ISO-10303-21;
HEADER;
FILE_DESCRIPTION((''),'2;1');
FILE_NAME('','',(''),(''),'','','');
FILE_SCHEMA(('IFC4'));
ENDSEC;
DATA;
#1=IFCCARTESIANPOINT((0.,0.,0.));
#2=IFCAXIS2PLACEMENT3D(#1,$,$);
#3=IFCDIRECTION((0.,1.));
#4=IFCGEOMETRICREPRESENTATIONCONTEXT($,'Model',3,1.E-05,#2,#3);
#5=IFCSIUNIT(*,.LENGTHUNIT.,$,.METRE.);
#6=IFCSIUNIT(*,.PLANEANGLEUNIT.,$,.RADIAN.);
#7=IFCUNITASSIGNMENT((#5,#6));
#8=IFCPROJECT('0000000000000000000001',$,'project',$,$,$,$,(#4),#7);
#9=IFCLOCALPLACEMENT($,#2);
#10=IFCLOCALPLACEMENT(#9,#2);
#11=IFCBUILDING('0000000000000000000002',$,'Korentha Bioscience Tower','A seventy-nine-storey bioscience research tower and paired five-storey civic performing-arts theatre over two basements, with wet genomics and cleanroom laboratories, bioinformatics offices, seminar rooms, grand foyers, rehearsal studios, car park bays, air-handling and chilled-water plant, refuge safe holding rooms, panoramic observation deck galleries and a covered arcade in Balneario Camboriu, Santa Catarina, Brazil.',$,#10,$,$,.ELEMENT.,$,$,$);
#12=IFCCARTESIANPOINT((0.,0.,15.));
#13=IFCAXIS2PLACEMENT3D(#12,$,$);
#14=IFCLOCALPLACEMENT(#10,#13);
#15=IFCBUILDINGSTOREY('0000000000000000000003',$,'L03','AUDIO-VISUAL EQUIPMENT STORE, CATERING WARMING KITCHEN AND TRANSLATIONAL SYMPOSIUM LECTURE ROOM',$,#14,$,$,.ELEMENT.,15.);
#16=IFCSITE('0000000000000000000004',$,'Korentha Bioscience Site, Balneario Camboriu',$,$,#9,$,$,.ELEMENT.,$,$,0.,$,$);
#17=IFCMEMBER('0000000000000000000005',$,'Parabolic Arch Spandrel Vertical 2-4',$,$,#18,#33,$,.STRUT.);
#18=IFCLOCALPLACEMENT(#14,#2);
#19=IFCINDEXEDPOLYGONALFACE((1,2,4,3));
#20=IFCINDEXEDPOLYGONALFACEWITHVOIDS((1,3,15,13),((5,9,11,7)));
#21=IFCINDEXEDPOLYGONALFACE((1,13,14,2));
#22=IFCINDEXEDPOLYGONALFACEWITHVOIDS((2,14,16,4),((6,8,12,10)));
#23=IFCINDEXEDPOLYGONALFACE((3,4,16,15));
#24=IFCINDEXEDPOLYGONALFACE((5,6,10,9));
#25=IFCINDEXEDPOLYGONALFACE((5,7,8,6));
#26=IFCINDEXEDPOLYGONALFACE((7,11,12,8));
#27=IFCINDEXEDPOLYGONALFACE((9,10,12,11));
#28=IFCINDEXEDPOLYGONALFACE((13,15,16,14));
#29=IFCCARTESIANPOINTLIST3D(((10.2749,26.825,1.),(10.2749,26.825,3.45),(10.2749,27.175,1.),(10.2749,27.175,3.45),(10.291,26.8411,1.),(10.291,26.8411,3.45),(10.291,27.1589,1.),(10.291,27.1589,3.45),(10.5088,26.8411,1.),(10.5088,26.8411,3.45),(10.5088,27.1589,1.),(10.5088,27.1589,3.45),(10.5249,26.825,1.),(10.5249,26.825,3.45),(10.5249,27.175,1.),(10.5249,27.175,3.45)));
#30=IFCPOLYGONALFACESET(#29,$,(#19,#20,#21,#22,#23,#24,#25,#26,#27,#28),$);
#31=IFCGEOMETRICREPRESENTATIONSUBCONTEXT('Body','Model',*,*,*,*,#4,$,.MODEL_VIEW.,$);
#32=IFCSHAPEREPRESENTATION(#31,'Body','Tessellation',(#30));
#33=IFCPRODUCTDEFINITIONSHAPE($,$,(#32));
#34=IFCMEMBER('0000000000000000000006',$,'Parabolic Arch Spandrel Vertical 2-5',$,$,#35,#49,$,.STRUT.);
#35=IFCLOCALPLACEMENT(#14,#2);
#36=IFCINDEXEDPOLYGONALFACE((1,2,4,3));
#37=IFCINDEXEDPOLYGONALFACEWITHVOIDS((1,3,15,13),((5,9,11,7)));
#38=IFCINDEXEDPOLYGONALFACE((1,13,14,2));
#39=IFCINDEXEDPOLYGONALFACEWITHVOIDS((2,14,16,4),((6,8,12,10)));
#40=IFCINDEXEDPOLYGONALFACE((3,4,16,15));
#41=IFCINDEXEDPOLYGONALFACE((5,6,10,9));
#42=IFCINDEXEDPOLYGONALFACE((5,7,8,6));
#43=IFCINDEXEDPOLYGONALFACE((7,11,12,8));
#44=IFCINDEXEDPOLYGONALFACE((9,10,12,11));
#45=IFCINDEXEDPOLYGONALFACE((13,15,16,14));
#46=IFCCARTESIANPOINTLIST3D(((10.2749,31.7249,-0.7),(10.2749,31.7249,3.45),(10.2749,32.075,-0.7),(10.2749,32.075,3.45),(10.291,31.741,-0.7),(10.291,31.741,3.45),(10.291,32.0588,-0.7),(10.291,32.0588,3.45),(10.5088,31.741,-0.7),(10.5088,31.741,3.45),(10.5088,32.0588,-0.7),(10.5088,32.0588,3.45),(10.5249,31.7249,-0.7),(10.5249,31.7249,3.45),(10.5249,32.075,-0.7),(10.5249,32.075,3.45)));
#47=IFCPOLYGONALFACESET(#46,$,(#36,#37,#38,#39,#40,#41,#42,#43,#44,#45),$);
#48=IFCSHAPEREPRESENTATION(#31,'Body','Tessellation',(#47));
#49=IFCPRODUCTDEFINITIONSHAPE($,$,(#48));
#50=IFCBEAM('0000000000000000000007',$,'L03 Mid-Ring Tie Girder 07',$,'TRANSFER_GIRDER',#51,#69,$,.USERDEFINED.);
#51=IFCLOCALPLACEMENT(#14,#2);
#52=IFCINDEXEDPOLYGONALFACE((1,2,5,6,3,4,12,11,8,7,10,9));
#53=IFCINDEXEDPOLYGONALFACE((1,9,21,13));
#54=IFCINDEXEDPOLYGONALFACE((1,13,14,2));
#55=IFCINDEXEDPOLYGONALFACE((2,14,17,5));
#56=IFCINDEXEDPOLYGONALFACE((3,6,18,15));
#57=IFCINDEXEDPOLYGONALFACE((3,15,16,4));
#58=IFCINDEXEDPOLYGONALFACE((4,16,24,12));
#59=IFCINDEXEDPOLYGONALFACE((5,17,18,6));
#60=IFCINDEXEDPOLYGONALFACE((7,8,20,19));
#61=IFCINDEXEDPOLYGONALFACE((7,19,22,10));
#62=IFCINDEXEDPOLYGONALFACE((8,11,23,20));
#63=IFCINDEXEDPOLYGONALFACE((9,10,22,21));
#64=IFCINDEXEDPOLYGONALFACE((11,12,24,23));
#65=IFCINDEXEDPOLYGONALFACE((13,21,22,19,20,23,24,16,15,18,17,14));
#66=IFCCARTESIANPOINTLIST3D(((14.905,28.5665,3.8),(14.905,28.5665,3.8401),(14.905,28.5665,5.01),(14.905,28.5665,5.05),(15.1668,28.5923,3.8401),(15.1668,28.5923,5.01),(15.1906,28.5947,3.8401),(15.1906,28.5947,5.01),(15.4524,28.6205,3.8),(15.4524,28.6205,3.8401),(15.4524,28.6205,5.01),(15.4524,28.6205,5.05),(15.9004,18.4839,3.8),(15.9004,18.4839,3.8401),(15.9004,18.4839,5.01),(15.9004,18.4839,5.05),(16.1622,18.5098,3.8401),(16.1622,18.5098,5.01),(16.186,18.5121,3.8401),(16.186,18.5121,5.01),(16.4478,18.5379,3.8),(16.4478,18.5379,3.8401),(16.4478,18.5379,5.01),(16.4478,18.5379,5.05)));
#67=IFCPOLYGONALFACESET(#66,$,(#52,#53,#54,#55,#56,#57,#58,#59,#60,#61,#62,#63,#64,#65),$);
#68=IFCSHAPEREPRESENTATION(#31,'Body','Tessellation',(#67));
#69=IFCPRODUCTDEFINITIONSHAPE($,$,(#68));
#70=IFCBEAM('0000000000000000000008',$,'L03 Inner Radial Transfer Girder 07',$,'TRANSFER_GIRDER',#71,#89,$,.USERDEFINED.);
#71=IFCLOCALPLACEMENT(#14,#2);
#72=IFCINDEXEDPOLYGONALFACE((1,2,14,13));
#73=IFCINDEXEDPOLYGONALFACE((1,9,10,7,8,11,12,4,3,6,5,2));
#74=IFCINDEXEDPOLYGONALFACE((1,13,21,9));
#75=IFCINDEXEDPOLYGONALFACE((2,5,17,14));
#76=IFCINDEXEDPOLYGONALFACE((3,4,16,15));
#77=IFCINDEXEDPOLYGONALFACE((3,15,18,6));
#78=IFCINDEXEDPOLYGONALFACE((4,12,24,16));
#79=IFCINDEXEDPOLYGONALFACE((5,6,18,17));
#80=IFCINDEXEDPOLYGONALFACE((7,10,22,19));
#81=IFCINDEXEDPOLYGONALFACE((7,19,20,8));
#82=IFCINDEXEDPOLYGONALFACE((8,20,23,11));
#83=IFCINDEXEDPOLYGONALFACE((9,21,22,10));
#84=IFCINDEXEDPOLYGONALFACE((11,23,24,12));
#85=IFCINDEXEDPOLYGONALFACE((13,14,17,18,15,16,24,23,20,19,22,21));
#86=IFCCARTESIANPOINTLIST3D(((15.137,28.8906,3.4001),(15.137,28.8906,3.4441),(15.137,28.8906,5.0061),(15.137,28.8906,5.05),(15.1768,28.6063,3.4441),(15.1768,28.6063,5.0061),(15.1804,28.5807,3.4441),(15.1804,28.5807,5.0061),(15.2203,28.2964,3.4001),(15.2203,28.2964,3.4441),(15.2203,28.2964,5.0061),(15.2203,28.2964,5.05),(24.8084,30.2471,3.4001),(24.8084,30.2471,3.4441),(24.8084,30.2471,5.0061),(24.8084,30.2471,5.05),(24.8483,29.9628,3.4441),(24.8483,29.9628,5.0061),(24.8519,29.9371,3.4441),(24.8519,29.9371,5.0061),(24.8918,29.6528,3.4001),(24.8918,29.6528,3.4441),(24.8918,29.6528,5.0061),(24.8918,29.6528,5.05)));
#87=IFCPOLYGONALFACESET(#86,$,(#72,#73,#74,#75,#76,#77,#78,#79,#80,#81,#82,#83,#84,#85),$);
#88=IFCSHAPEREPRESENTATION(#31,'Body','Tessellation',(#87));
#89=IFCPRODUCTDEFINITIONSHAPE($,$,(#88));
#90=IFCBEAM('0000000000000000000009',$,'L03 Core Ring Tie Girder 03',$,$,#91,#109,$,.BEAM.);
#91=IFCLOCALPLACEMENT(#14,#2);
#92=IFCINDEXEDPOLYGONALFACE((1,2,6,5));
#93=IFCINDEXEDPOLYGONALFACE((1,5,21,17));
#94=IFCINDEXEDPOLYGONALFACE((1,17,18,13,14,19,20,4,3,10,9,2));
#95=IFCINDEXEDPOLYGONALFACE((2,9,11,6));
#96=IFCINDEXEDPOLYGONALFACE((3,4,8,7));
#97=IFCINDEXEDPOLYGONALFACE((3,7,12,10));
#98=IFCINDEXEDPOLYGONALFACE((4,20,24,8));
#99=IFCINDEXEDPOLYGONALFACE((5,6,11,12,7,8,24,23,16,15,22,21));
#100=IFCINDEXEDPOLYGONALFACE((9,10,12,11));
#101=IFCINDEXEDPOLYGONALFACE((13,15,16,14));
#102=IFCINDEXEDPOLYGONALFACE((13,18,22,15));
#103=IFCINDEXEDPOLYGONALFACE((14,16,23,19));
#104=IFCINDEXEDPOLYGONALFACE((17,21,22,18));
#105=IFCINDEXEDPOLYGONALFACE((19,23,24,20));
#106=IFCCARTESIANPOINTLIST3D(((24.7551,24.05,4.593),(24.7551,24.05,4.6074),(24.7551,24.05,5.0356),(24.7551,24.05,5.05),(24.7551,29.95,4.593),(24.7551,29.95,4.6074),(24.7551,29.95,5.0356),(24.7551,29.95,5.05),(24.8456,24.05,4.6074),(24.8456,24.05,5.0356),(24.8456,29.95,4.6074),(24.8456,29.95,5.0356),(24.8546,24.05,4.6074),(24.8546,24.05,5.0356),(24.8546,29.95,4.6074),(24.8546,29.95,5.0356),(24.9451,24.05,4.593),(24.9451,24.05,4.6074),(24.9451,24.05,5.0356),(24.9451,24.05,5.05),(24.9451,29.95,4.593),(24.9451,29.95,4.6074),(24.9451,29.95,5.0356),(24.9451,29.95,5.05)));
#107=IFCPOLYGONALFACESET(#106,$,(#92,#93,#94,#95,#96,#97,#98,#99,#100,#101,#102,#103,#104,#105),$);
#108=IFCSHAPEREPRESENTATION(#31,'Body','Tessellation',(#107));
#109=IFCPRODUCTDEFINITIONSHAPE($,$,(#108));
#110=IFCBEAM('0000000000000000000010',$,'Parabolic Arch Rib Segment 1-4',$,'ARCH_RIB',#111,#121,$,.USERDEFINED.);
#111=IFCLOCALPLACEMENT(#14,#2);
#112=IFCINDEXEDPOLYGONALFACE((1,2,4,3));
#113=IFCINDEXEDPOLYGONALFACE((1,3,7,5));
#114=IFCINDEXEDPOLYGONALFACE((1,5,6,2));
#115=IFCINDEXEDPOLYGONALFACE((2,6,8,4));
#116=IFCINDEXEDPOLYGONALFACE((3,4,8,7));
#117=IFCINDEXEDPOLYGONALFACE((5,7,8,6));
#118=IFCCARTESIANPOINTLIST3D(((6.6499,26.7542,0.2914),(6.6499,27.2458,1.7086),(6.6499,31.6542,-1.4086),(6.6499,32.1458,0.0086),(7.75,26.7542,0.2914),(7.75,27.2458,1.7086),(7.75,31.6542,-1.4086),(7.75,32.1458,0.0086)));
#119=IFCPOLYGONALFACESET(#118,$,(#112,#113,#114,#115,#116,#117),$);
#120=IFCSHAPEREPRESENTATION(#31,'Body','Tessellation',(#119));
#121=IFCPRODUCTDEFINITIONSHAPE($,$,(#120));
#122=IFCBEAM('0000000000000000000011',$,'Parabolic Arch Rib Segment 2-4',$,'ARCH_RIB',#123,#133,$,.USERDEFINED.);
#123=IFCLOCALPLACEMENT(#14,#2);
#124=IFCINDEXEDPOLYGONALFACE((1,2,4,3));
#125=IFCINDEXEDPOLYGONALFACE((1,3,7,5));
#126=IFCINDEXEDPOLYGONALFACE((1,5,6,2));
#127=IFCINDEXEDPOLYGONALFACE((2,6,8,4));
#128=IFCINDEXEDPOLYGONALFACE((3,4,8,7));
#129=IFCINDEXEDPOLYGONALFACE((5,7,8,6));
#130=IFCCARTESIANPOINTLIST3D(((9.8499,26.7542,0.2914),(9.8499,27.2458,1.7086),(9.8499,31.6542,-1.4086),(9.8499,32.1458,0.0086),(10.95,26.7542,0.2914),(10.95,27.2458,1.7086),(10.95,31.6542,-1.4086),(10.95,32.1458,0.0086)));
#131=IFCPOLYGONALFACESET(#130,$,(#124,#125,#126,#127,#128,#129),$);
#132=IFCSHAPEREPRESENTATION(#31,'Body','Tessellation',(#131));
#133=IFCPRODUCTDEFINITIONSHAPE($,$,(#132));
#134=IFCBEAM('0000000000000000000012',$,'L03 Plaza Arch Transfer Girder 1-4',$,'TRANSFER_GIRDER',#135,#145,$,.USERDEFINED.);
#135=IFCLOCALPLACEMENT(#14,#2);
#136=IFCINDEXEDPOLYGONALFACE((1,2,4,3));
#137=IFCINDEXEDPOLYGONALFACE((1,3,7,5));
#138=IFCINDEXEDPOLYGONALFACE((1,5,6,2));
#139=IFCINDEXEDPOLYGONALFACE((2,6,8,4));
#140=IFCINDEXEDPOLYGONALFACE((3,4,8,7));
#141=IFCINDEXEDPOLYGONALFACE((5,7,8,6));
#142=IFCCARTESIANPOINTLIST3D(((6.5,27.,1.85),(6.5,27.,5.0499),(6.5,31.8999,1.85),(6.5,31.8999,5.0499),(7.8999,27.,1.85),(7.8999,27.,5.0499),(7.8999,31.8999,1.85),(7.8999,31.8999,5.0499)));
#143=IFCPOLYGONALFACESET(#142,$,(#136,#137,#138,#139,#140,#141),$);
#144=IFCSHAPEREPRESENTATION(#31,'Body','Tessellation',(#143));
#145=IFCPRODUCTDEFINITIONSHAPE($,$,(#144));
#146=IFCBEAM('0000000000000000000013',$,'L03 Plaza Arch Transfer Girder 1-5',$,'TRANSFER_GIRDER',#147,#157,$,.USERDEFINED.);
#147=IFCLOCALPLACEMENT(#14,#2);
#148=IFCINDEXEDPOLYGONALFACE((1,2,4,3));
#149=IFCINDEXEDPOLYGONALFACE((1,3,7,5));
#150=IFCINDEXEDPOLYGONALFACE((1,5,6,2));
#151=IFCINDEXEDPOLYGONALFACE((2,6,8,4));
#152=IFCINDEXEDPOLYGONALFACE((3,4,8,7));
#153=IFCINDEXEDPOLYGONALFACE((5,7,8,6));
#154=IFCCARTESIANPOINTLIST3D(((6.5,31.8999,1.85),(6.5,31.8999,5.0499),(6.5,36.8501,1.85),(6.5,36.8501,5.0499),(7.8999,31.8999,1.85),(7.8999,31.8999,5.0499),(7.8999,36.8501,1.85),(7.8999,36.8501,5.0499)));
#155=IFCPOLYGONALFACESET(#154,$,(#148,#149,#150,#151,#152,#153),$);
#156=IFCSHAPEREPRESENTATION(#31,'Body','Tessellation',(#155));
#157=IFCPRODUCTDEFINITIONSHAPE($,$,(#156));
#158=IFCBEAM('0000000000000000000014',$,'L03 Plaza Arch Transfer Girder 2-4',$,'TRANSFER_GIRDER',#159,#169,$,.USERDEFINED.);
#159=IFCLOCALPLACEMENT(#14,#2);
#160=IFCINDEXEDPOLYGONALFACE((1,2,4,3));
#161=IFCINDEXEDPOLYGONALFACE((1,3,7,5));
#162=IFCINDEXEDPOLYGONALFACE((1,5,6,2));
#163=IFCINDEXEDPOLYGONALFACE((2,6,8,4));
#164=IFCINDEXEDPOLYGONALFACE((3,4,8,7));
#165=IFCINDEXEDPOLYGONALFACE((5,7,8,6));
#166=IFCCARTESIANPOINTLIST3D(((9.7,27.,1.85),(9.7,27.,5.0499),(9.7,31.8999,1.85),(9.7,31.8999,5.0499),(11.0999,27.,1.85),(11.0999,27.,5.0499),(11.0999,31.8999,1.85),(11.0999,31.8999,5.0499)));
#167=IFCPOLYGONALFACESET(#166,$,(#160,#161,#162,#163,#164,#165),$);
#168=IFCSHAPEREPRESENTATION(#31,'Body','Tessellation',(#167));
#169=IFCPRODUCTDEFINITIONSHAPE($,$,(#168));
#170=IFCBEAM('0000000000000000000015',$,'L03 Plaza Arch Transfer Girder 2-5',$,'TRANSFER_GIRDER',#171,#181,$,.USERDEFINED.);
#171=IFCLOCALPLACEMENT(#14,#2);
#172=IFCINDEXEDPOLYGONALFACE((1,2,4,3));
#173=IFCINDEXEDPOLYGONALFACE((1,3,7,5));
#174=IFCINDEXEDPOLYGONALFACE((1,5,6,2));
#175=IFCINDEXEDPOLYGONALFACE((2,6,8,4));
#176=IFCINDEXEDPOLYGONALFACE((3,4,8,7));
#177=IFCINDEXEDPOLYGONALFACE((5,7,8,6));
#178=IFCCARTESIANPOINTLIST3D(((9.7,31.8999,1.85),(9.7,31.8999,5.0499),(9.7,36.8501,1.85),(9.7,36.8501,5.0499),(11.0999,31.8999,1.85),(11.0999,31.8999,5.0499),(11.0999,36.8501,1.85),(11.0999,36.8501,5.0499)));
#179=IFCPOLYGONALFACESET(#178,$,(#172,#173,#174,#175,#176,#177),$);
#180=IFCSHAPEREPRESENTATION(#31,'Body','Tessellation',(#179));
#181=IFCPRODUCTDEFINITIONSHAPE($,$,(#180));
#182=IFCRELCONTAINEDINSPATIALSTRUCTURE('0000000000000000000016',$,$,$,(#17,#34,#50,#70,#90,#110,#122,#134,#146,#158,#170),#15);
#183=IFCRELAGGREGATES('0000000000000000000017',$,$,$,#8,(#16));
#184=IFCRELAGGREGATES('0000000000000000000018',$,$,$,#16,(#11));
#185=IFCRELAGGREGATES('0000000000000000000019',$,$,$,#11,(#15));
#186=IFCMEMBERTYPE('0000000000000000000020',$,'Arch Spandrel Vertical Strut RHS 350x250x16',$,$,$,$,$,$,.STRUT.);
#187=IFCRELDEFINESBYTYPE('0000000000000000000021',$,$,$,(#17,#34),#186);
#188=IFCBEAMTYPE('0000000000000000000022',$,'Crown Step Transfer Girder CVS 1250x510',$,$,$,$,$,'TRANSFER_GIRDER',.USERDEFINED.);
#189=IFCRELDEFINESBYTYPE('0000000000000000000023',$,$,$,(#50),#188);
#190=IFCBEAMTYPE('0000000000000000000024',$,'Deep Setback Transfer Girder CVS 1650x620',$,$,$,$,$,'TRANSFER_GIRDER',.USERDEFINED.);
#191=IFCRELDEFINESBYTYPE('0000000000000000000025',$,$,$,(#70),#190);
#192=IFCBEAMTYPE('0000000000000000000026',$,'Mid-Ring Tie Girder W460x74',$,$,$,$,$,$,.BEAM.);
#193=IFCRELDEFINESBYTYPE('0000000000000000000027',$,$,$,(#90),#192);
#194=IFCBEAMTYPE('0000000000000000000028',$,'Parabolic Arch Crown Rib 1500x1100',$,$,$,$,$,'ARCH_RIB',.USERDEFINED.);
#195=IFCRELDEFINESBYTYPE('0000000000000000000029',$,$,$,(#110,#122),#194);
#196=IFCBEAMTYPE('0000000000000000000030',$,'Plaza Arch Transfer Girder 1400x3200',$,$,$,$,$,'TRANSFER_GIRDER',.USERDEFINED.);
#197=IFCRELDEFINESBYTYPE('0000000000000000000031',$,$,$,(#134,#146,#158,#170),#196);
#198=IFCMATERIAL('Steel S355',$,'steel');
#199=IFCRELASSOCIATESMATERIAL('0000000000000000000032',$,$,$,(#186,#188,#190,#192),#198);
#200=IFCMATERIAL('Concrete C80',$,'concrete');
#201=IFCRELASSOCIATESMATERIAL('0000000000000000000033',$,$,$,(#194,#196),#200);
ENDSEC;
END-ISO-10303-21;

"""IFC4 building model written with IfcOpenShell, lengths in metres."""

from ifc_helpers import new_model, si_unit, direction, frame, origin, origin_2d, place, context, subcontext, project, spatial, rectangle, hollow_rectangle, i_section, extrude, material, material_profile, profile_set, type_object, element, save


model = new_model("IFC4")

# Units and contexts
model_context = context("Model", 3, precision=1e-05, world=origin(), true_north=direction((0.0, 1.0)))
body_context = subcontext(model_context, "Body", "Model", "MODEL_VIEW")
ifc_project = project(units=[si_unit("LENGTHUNIT", "METRE"), si_unit("PLANEANGLEUNIT", "RADIAN")], contexts=[model_context])

# Site, building, storey
site_placement = place(None, origin())
site = spatial("IfcSite", under=ifc_project, at=site_placement, Name="Korentha Bioscience Site, Balneario Camboriu", CompositionType="ELEMENT", RefElevation=0.0)
building_placement = place(site_placement, origin())
building = spatial("IfcBuilding", under=site, at=building_placement, Name="Korentha Bioscience Tower", Description="A seventy-nine-storey bioscience research tower and paired five-storey civic performing-arts theatre over two basements, with wet genomics and cleanroom laboratories, bioinformatics offices, seminar rooms, grand foyers, rehearsal studios, car park bays, air-handling and chilled-water plant, refuge safe holding rooms, panoramic observation deck galleries and a covered arcade in Balneario Camboriu, Santa Catarina, Brazil.", CompositionType="ELEMENT")
storey_placement = place(building_placement, frame((0.0, 0.0, 15.0)))
storey = spatial("IfcBuildingStorey", under=building, at=storey_placement, Name="L03", Description="AUDIO-VISUAL EQUIPMENT STORE, CATERING WARMING KITCHEN AND TRANSLATIONAL SYMPOSIUM LECTURE ROOM", CompositionType="ELEMENT", Elevation=15.0)

# Shared definitions
ifc_material_1 = material(Name="Concrete C80", Category="concrete")

# Members
ifc_material_2 = material(Name="Steel S355", Category="steel")
ifc_material_profile_1 = material_profile(ifc_material_2, hollow_rectangle(XDim=0.25, YDim=0.3501, WallThickness=0.0161, at=origin_2d()), Name="Steel S355")
ifc_profile_set_1 = profile_set([ifc_material_profile_1], Name="Steel S355 (BT-P350)")
member_type_1 = type_object("IfcMemberType", Name="Arch Spandrel Vertical Strut RHS 350x250x16", PredefinedType="STRUT", material=ifc_profile_set_1)
member_1_placement = place(storey_placement, frame((10.3999, 27.0, 1.0), z_axis=(0.0, 0.0, 1.0), x_axis=(1.0, 0.0, 0.0)))
element("IfcMember", 1, at=member_1_placement, inside=storey, type_object=member_type_1, Name="Parabolic Arch Spandrel Vertical 2-4", PredefinedType="STRUT", context=body_context, shape_type="SweptSolid", body=[
    extrude(hollow_rectangle(XDim=0.25, YDim=0.3501, WallThickness=0.0161, at=origin_2d()), origin(), (0.0, 0.0, 1.0), 2.45),
])
member_2_placement = place(storey_placement, frame((10.3999, 31.8999, -0.7), z_axis=(0.0, 0.0, 1.0), x_axis=(1.0, 0.0, 0.0)))
element("IfcMember", 2, at=member_2_placement, inside=storey, type_object=member_type_1, Name="Parabolic Arch Spandrel Vertical 2-5", PredefinedType="STRUT", context=body_context, shape_type="SweptSolid", body=[
    extrude(hollow_rectangle(XDim=0.25, YDim=0.3501, WallThickness=0.0161, at=origin_2d()), origin(), (0.0, 0.0, 1.0), 4.1499),
])

# Beams
ifc_material_profile_2 = material_profile(ifc_material_2, i_section(OverallWidth=0.55, OverallDepth=1.25, WebThickness=0.0239, FlangeThickness=0.04, at=origin_2d()), Name="Steel S355")
ifc_profile_set_2 = profile_set([ifc_material_profile_2], Name="Steel S355 (TG-03)")
beam_type_1 = type_object("IfcBeamType", Name="Crown Step Transfer Girder CVS 1250x510", ElementType="TRANSFER_GIRDER", PredefinedType="USERDEFINED", material=ifc_profile_set_2)
beam_1_placement = place(storey_placement, frame((15.1787, 28.5935, 4.425), z_axis=(0.098244, -0.995162, 0.0), x_axis=(0.995162, 0.098244, 0.0)))
element("IfcBeam", 3, at=beam_1_placement, inside=storey, type_object=beam_type_1, Name="L03 Mid-Ring Tie Girder 07", ObjectType="TRANSFER_GIRDER", PredefinedType="USERDEFINED", context=body_context, shape_type="SweptSolid", body=[
    extrude(i_section(OverallWidth=0.55, OverallDepth=1.25, WebThickness=0.0239, FlangeThickness=0.04, at=origin_2d()), origin(), (0.0, 0.0, 1.0), 10.1316),
])
ifc_material_profile_3 = material_profile(ifc_material_2, i_section(OverallWidth=0.6001, OverallDepth=1.6499, WebThickness=0.0259, FlangeThickness=0.0439, at=origin_2d()), Name="Steel S355")
ifc_profile_set_3 = profile_set([ifc_material_profile_3], Name="Steel S355 (TG-04)")
beam_type_2 = type_object("IfcBeamType", Name="Deep Setback Transfer Girder CVS 1650x620", ElementType="TRANSFER_GIRDER", PredefinedType="USERDEFINED", material=ifc_profile_set_3)
beam_2_placement = place(storey_placement, frame((24.8501, 29.95, 4.2251), z_axis=(-0.990307, -0.138894, 0.0), x_axis=(0.138894, -0.990307, 0.0)))
element("IfcBeam", 4, at=beam_2_placement, inside=storey, type_object=beam_type_2, Name="L03 Inner Radial Transfer Girder 07", ObjectType="TRANSFER_GIRDER", PredefinedType="USERDEFINED", context=body_context, shape_type="SweptSolid", body=[
    extrude(i_section(OverallWidth=0.6001, OverallDepth=1.6499, WebThickness=0.0259, FlangeThickness=0.0439, at=origin_2d()), origin(), (0.0, 0.0, 1.0), 9.7661),
])
ifc_material_profile_4 = material_profile(ifc_material_2, i_section(OverallWidth=0.1899, OverallDepth=0.457, WebThickness=0.009, FlangeThickness=0.0144, at=origin_2d()), Name="Steel S355")
ifc_profile_set_4 = profile_set([ifc_material_profile_4], Name="Steel S355 (MB-460)")
beam_type_3 = type_object("IfcBeamType", Name="Mid-Ring Tie Girder W460x74", PredefinedType="BEAM", material=ifc_profile_set_4)
beam_3_placement = place(storey_placement, frame((24.8501, 29.95, 4.8215), z_axis=(0.0, -1.0, 0.0), x_axis=(1.0, 0.0, 0.0)))
element("IfcBeam", 5, at=beam_3_placement, inside=storey, type_object=beam_type_3, Name="L03 Core Ring Tie Girder 03", PredefinedType="BEAM", context=body_context, shape_type="SweptSolid", body=[
    extrude(i_section(OverallWidth=0.1899, OverallDepth=0.457, WebThickness=0.009, FlangeThickness=0.0144, at=origin_2d()), origin(), (0.0, 0.0, 1.0), 5.8999),
])
ifc_material_profile_5 = material_profile(ifc_material_1, rectangle(XDim=1.1001, YDim=1.5, at=origin_2d()), Name="Concrete C80")
ifc_profile_set_5 = profile_set([ifc_material_profile_5], Name="Concrete C80 (AR-B2)")
beam_type_4 = type_object("IfcBeamType", Name="Parabolic Arch Crown Rib 1500x1100", ElementType="ARCH_RIB", PredefinedType="USERDEFINED", material=ifc_profile_set_5)
for number, where, z_axis, x_axis, name in (
    (6, (7.2, 27.0, 1.0), (0.0, 0.944758, -0.32777), (-1.0, 0.0, 0.0), "Parabolic Arch Rib Segment 1-4"),
    (7, (10.3999, 27.0, 1.0), (0.0, 0.944758, -0.32777), (-1.0, 0.0, 0.0), "Parabolic Arch Rib Segment 2-4"),
):
    element("IfcBeam", number, at=place(storey_placement, frame(where, z_axis=z_axis, x_axis=x_axis)), inside=storey, type_object=beam_type_4, Name=name, ObjectType="ARCH_RIB", PredefinedType="USERDEFINED", context=body_context, shape_type="SweptSolid", body=[
        extrude(rectangle(XDim=1.1001, YDim=1.5, at=origin_2d()), origin(), (0.0, 0.0, 1.0), 5.1865),
    ])
ifc_material_profile_6 = material_profile(ifc_material_1, rectangle(XDim=1.3999, YDim=3.2, at=origin_2d()), Name="Concrete C80")
ifc_profile_set_6 = profile_set([ifc_material_profile_6], Name="Concrete C80 (TG-01)")
beam_type_5 = type_object("IfcBeamType", Name="Plaza Arch Transfer Girder 1400x3200", ElementType="TRANSFER_GIRDER", PredefinedType="USERDEFINED", material=ifc_profile_set_6)
beam_4_placement = place(storey_placement, frame((7.2, 27.0, 3.45), z_axis=(0.0, 1.0, 0.0), x_axis=(-1.0, 0.0, 0.0)))
element("IfcBeam", 8, at=beam_4_placement, inside=storey, type_object=beam_type_5, Name="L03 Plaza Arch Transfer Girder 1-4", ObjectType="TRANSFER_GIRDER", PredefinedType="USERDEFINED", context=body_context, shape_type="SweptSolid", body=[
    extrude(rectangle(XDim=1.3999, YDim=3.2, at=origin_2d()), origin(), (0.0, 0.0, 1.0), 4.8999),
])
beam_5_placement = place(storey_placement, frame((7.2, 31.8999, 3.45), z_axis=(0.0, 1.0, 0.0), x_axis=(-1.0, 0.0, 0.0)))
element("IfcBeam", 9, at=beam_5_placement, inside=storey, type_object=beam_type_5, Name="L03 Plaza Arch Transfer Girder 1-5", ObjectType="TRANSFER_GIRDER", PredefinedType="USERDEFINED", context=body_context, shape_type="SweptSolid", body=[
    extrude(rectangle(XDim=1.3999, YDim=3.2, at=origin_2d()), origin(), (0.0, 0.0, 1.0), 4.9502),
])
beam_6_placement = place(storey_placement, frame((10.3999, 27.0, 3.45), z_axis=(0.0, 1.0, 0.0), x_axis=(-1.0, 0.0, 0.0)))
element("IfcBeam", 10, at=beam_6_placement, inside=storey, type_object=beam_type_5, Name="L03 Plaza Arch Transfer Girder 2-4", ObjectType="TRANSFER_GIRDER", PredefinedType="USERDEFINED", context=body_context, shape_type="SweptSolid", body=[
    extrude(rectangle(XDim=1.3999, YDim=3.2, at=origin_2d()), origin(), (0.0, 0.0, 1.0), 4.8999),
])
beam_7_placement = place(storey_placement, frame((10.3999, 31.8999, 3.45), z_axis=(0.0, 1.0, 0.0), x_axis=(-1.0, 0.0, 0.0)))
element("IfcBeam", 11, at=beam_7_placement, inside=storey, type_object=beam_type_5, Name="L03 Plaza Arch Transfer Girder 2-5", ObjectType="TRANSFER_GIRDER", PredefinedType="USERDEFINED", context=body_context, shape_type="SweptSolid", body=[
    extrude(rectangle(XDim=1.3999, YDim=3.2, at=origin_2d()), origin(), (0.0, 0.0, 1.0), 4.9502),
])

save(model, "model.ifc")
